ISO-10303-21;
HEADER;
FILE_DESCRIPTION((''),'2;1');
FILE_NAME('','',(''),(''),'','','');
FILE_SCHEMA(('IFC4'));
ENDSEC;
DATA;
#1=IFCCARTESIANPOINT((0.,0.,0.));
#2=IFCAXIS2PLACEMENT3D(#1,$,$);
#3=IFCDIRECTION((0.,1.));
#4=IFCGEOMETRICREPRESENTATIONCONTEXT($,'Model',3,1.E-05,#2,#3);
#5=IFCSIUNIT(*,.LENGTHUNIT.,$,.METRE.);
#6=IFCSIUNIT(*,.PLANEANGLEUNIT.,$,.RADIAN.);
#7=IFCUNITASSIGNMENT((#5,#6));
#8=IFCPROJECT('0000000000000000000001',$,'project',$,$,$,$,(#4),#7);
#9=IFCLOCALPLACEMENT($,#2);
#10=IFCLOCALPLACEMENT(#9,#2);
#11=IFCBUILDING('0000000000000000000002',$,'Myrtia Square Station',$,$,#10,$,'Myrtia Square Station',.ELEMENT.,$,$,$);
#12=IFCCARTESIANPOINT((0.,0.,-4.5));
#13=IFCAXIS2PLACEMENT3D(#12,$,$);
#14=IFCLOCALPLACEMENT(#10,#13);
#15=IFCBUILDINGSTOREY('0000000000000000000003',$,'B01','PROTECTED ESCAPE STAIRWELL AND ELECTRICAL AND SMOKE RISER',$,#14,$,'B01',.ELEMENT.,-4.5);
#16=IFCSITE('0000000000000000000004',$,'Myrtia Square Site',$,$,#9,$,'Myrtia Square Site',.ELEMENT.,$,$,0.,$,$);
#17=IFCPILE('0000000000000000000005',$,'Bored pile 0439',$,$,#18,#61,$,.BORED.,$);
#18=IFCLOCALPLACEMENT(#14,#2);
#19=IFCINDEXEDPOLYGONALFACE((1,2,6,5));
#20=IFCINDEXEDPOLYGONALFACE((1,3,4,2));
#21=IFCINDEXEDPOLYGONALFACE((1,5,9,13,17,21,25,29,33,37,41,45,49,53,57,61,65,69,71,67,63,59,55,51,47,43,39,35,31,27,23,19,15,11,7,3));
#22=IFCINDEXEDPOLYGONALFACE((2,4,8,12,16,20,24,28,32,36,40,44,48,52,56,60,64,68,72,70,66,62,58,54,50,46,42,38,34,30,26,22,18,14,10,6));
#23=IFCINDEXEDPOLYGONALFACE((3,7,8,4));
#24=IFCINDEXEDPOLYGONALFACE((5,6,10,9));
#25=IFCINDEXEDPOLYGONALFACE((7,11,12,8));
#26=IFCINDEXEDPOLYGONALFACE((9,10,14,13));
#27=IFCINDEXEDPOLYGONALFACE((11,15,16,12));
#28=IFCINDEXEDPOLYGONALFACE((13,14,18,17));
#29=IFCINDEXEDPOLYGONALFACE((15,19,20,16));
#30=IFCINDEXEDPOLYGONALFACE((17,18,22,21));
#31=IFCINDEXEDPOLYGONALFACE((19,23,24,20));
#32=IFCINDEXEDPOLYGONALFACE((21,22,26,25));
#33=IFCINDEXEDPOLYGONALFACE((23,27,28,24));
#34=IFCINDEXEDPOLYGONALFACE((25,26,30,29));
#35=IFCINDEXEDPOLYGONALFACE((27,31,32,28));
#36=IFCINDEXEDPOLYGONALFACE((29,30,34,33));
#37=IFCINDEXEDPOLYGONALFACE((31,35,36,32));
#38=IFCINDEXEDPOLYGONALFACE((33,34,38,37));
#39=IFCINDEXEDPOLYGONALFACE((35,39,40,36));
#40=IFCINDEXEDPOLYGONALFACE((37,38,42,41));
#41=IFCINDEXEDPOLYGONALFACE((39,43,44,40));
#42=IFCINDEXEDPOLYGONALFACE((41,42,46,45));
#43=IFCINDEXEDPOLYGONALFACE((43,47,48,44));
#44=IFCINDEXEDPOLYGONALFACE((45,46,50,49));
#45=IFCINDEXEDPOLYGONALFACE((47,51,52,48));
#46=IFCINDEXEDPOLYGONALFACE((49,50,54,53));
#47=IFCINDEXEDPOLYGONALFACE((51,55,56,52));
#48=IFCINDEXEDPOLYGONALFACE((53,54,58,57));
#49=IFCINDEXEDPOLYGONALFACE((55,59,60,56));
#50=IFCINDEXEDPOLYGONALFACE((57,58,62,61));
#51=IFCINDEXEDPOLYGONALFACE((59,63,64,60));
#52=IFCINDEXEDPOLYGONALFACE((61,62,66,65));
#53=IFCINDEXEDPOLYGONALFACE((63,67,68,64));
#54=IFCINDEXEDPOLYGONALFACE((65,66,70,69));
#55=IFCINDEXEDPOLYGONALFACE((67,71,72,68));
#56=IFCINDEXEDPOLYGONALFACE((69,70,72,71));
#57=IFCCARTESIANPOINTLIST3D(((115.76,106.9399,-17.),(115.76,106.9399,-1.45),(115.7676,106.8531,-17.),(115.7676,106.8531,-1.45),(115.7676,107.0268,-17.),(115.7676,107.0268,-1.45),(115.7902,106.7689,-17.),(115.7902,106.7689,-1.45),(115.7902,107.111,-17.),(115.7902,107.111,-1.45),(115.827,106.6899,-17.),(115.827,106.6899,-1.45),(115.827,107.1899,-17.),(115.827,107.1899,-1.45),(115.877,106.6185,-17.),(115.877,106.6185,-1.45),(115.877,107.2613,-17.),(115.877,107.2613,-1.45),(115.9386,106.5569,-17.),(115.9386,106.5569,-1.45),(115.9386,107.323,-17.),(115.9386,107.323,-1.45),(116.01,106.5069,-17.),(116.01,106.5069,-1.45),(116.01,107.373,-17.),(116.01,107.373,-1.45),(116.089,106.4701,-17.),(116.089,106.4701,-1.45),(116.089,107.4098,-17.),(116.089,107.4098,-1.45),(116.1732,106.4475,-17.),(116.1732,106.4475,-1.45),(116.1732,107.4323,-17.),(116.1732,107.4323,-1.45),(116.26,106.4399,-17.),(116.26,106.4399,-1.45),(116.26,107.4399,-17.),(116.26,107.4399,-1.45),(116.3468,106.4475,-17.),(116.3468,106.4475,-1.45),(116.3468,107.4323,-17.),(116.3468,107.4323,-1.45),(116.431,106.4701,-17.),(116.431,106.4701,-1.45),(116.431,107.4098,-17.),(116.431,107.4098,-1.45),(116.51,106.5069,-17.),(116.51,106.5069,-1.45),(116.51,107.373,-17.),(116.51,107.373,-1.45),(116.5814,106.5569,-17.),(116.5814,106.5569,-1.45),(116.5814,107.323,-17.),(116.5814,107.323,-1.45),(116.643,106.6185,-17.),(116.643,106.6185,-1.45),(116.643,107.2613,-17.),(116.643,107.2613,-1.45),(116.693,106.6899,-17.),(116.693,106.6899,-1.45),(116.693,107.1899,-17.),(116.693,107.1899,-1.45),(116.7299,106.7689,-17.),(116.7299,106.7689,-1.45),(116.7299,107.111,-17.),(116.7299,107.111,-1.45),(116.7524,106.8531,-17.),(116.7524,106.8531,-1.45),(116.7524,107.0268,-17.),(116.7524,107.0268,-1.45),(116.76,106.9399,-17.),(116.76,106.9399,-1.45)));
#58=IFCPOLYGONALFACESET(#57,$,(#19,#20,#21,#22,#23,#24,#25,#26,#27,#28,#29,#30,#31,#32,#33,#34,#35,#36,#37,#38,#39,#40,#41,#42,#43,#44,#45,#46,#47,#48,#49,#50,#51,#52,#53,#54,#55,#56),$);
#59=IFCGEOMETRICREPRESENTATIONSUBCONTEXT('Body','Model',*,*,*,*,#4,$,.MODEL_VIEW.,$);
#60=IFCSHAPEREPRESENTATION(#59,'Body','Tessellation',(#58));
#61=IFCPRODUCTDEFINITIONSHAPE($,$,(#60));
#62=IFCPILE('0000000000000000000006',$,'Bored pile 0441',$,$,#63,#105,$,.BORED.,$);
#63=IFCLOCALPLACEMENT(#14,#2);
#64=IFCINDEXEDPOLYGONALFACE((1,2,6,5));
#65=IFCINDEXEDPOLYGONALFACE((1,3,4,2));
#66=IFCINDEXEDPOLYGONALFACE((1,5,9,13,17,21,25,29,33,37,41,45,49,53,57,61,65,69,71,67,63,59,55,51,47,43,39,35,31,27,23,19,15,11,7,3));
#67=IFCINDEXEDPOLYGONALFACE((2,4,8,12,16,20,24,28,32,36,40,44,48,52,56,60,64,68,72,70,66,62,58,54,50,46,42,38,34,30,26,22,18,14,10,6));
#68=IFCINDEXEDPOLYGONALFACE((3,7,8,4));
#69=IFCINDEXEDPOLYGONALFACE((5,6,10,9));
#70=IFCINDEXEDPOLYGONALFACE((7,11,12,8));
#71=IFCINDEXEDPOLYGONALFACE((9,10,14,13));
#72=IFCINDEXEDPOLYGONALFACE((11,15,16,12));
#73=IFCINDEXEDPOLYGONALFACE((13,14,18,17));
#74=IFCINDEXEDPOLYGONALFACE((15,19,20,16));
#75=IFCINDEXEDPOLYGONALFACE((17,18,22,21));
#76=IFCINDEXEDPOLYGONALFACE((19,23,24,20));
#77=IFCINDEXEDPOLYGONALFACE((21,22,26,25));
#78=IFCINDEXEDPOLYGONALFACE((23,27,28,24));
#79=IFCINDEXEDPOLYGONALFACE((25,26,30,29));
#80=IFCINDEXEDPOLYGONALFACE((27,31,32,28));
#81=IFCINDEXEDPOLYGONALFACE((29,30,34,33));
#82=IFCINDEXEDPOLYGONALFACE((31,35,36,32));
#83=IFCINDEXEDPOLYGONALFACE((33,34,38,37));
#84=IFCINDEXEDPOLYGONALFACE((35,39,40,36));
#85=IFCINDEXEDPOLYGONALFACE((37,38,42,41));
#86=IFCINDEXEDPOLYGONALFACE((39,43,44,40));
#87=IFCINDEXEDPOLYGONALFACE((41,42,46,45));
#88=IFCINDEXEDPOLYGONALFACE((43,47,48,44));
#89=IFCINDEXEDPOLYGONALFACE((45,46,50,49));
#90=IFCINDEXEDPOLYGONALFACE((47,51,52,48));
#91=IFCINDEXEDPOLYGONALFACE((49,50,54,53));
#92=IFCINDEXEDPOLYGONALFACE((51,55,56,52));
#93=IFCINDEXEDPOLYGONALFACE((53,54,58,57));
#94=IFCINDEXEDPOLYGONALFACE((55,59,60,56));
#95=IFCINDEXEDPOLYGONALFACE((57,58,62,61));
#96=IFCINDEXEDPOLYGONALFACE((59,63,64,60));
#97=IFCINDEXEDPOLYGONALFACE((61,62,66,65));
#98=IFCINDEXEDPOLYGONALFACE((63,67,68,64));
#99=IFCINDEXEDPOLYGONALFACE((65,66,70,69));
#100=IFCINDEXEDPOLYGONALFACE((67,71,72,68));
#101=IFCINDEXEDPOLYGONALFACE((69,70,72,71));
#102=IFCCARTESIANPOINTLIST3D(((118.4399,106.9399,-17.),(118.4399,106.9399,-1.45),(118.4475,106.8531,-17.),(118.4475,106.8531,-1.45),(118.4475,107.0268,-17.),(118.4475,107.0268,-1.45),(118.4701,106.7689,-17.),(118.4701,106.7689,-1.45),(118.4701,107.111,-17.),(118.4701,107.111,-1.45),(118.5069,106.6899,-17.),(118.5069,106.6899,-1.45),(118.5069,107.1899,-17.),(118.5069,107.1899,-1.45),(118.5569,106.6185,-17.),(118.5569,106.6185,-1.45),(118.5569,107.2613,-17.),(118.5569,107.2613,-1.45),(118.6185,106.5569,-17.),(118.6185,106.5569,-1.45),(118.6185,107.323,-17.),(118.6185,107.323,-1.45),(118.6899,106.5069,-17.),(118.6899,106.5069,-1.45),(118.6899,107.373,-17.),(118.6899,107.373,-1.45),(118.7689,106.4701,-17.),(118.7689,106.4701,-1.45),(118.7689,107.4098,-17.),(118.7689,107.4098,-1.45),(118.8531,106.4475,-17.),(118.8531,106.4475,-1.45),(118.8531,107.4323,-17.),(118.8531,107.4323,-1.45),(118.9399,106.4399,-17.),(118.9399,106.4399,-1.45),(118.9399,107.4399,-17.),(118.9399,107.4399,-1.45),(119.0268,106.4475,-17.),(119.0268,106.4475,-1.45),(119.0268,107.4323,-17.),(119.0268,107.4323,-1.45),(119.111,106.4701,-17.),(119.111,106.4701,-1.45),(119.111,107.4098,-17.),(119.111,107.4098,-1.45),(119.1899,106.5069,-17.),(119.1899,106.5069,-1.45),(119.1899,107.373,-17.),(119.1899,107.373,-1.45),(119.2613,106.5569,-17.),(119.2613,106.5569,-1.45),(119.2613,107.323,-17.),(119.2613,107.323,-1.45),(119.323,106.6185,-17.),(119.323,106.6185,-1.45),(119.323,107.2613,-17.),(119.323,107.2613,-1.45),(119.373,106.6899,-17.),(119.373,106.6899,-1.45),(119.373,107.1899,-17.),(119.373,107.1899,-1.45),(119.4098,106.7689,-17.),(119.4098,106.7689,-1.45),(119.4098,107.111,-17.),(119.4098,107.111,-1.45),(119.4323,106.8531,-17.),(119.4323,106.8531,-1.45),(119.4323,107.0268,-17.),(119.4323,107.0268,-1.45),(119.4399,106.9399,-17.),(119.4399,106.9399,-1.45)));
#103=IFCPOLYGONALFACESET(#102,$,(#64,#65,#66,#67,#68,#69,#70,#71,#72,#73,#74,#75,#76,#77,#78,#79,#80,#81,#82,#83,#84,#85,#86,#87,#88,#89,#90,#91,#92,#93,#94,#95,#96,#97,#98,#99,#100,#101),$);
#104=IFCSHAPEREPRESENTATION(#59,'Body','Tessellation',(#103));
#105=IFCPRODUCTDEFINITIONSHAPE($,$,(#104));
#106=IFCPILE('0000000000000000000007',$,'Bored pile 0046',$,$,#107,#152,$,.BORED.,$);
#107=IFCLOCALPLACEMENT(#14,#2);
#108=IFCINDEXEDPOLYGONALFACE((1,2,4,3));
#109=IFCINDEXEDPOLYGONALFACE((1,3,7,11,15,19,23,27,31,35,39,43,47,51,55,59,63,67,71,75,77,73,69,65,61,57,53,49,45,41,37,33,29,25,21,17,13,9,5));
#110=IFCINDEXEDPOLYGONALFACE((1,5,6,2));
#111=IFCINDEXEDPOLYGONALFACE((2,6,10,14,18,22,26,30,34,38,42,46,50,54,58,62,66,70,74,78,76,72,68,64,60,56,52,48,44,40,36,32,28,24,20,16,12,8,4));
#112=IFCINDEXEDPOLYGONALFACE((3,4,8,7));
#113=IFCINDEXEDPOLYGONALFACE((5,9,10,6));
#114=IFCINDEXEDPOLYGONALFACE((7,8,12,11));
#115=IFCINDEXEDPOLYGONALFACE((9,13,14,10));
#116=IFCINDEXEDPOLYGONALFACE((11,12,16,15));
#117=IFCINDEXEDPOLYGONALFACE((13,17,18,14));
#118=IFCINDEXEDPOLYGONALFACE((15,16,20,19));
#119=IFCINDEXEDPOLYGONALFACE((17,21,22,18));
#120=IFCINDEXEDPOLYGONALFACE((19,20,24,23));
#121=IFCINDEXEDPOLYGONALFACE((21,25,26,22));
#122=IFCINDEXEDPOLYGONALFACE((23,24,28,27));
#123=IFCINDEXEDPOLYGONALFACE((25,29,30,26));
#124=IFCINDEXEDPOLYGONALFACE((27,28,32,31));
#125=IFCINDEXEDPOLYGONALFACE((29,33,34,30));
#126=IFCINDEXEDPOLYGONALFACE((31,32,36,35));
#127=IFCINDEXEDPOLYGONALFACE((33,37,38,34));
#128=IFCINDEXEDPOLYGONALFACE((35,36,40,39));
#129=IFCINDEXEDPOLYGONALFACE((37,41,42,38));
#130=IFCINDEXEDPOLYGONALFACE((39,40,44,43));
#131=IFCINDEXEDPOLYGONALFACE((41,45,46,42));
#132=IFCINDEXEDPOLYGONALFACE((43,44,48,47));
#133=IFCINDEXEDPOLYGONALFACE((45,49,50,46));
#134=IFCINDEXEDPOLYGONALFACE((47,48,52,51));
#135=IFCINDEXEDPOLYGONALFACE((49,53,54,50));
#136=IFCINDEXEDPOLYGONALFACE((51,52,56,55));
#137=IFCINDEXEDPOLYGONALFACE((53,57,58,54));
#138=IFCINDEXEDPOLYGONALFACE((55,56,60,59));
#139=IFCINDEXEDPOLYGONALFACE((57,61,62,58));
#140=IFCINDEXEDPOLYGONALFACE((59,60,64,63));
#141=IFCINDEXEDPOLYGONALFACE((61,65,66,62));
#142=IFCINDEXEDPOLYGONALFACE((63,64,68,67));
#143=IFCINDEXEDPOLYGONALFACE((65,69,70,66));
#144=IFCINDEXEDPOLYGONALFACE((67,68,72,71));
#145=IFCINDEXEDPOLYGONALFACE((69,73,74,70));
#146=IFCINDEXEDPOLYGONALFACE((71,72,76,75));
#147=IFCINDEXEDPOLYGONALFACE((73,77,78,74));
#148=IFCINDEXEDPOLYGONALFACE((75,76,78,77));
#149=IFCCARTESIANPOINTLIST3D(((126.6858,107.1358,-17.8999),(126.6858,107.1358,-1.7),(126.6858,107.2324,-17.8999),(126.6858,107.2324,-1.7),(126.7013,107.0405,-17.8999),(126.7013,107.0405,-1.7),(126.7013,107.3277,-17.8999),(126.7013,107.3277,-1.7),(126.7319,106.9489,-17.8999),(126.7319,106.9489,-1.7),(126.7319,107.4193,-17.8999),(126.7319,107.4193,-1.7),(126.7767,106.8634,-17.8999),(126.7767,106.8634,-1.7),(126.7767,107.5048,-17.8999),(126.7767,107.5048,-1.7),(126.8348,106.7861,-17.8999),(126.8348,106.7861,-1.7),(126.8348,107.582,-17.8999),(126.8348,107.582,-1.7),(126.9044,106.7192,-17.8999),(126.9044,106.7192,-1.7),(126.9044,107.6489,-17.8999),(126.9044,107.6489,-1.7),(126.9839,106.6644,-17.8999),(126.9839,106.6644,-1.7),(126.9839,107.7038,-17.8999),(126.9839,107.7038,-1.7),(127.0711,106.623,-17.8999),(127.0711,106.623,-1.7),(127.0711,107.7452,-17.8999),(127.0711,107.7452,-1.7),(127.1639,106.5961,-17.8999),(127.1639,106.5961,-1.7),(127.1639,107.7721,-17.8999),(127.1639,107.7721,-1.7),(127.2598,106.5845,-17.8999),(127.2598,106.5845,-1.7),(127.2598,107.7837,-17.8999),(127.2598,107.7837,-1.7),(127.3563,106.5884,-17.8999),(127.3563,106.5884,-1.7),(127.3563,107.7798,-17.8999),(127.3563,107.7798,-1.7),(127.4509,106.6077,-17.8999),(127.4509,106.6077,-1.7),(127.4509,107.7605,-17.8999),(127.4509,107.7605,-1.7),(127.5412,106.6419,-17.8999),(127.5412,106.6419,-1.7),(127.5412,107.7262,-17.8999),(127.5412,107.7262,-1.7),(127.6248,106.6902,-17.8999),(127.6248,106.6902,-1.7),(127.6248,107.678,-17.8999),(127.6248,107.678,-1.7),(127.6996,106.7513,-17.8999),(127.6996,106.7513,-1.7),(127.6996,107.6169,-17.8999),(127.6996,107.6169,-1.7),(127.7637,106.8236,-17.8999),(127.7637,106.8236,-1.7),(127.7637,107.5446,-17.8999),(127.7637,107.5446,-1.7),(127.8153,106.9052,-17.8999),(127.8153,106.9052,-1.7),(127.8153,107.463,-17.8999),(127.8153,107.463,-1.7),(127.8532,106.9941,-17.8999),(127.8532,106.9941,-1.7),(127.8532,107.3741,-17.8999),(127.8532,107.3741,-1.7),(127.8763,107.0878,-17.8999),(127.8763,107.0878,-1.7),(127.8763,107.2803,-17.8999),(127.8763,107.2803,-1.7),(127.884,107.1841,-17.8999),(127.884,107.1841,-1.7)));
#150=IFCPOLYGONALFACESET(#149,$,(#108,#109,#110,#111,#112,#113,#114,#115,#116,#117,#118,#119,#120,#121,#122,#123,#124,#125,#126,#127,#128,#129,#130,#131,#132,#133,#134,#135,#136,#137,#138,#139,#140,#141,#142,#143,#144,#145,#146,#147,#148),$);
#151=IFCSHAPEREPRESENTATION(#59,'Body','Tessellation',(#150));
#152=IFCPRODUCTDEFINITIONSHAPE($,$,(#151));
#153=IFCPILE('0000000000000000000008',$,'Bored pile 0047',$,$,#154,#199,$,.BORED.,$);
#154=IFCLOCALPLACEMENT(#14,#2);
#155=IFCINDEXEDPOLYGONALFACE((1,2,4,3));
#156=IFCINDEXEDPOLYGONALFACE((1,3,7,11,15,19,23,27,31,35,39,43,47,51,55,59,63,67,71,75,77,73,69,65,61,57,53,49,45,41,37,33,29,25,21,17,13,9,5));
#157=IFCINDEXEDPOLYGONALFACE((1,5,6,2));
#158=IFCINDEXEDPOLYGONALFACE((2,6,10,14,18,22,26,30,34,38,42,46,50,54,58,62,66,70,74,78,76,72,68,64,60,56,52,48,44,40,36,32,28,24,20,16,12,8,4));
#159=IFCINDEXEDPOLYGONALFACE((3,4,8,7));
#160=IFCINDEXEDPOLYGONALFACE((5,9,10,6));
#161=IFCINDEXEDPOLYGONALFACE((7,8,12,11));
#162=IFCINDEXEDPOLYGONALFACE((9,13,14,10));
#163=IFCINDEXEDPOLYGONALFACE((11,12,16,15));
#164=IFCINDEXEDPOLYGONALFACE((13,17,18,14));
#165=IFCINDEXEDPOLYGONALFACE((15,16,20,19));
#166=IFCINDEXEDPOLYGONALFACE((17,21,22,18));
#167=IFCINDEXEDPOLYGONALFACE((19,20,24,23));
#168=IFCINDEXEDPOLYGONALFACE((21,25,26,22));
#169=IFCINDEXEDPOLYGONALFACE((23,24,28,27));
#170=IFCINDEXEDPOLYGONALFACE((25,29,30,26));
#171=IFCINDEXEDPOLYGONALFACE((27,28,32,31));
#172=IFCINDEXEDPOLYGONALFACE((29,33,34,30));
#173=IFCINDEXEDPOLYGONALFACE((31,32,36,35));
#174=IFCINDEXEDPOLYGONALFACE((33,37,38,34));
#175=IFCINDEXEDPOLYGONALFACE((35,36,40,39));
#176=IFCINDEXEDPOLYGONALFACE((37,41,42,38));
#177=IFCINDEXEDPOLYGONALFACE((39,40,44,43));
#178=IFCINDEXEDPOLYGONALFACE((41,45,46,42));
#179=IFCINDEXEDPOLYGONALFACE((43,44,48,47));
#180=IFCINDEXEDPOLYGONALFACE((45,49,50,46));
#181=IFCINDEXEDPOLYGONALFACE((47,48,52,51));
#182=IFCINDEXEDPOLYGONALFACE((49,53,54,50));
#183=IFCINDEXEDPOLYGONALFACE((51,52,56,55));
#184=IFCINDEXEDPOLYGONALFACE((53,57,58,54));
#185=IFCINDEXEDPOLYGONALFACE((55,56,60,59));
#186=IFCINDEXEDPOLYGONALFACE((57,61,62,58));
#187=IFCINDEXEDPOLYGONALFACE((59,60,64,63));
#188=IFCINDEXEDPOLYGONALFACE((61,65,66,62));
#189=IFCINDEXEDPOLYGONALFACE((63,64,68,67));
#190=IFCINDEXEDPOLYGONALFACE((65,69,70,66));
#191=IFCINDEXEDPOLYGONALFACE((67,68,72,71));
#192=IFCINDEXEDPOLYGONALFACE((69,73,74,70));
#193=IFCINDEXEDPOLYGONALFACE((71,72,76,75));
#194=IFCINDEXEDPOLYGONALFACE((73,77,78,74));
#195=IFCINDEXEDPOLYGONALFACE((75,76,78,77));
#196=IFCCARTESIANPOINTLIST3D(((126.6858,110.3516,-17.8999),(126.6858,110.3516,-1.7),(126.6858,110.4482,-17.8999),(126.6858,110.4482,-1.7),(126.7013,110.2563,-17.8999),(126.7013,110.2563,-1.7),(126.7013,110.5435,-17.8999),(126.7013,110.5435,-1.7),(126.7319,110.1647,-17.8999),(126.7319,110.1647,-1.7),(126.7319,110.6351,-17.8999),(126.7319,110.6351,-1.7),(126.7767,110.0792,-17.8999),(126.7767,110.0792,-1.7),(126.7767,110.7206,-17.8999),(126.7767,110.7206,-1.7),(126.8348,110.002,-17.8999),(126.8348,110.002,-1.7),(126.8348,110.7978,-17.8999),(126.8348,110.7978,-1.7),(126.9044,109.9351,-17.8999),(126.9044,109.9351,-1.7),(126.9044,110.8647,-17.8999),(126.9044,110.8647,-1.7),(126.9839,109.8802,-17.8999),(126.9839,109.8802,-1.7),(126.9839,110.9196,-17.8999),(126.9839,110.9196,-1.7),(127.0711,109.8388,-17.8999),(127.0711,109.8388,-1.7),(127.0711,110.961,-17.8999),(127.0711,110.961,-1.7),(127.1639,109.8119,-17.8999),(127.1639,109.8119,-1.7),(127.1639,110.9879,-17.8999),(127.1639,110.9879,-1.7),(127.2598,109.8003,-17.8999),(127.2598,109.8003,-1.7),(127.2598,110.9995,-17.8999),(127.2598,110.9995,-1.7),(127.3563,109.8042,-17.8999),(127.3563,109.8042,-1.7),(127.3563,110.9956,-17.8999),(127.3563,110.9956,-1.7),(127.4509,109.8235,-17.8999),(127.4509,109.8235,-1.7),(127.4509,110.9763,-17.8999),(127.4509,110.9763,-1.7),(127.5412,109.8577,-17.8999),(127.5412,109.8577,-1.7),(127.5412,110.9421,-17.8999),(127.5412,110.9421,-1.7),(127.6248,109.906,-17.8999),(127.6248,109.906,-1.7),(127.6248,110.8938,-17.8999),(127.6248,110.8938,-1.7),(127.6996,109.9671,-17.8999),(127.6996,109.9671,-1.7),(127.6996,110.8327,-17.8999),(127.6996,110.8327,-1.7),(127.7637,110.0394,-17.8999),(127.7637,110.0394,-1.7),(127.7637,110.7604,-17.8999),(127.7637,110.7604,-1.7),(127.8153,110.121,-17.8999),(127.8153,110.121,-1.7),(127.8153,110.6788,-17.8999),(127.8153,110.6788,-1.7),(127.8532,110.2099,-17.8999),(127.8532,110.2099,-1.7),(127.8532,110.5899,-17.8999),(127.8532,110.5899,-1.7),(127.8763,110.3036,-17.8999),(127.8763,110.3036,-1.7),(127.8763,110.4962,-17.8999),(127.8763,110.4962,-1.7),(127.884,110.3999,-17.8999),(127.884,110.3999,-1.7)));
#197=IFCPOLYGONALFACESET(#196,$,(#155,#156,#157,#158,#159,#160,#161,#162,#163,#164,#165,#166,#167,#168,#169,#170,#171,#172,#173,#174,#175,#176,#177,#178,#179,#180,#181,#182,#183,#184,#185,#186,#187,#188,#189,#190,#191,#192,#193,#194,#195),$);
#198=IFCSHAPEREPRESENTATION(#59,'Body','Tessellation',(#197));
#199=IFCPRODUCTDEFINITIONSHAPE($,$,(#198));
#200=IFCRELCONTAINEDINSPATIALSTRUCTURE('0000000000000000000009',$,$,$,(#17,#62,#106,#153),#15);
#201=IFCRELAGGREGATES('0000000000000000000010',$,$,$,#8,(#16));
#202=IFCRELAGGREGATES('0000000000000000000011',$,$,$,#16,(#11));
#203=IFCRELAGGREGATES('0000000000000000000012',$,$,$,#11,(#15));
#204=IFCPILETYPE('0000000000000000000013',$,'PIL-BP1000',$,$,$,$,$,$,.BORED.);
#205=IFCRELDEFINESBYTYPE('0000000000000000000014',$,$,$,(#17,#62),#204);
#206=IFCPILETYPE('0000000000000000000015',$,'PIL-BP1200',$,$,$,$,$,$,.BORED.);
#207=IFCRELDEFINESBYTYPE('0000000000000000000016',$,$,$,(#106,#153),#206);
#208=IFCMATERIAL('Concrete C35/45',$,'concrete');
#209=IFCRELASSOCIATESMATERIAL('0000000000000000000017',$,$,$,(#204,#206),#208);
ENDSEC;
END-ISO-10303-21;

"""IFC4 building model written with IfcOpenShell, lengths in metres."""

from ifc_helpers import new_model, si_unit, direction, frame, origin, origin_2d, place, context, subcontext, project, spatial, circle, extrude, material, material_profile, profile_set, type_object, element, save


model = new_model("IFC4")

# Units and contexts
model_context = context("Model", 3, precision=1e-05, world=origin(), true_north=direction((0.0, 1.0)))
body_context = subcontext(model_context, "Body", "Model", "MODEL_VIEW")
ifc_project = project(units=[si_unit("LENGTHUNIT", "METRE"), si_unit("PLANEANGLEUNIT", "RADIAN")], contexts=[model_context])

# Site, building, storey
site_placement = place(None, origin())
site = spatial("IfcSite", under=ifc_project, at=site_placement, Name="Myrtia Square Site", LongName="Myrtia Square Site", CompositionType="ELEMENT", RefElevation=0.0)
building_placement = place(site_placement, origin())
building = spatial("IfcBuilding", under=site, at=building_placement, Name="Myrtia Square Station", LongName="Myrtia Square Station", CompositionType="ELEMENT")
storey_placement = place(building_placement, frame((0.0, 0.0, -4.5)))
storey = spatial("IfcBuildingStorey", under=building, at=storey_placement, Name="B01", Description="PROTECTED ESCAPE STAIRWELL AND ELECTRICAL AND SMOKE RISER", LongName="B01", CompositionType="ELEMENT", Elevation=-4.5)

# Shared definitions
ifc_material_1 = material(Name="Concrete C35/45", Category="concrete")

# Piles
ifc_material_profile_1 = material_profile(ifc_material_1, circle(Radius=0.5, at=origin_2d()), Name="BP D1000")
ifc_profile_set_1 = profile_set([ifc_material_profile_1], Name="Concrete C35/45")
pile_type_1 = type_object("IfcPileType", Name="PIL-BP1000", PredefinedType="BORED", material=ifc_profile_set_1)
for number, where, z_axis, x_axis, name in (
    (1, (116.26, 106.9399, -1.45), (0.0, 0.0, -1.0), (1.0, 0.0, 0.0), "Bored pile 0439"),
    (2, (118.9399, 106.9399, -1.45), (0.0, 0.0, -1.0), (1.0, 0.0, 0.0), "Bored pile 0441"),
):
    element("IfcPile", number, at=place(storey_placement, frame(where, z_axis=z_axis, x_axis=x_axis)), inside=storey, type_object=pile_type_1, Name=name, PredefinedType="BORED", context=body_context, shape_type="SweptSolid", body=[
        extrude(circle(Radius=0.5, at=origin_2d()), origin(), (0.0, 0.0, 1.0), 15.55),
    ])
ifc_material_profile_2 = material_profile(ifc_material_1, circle(Radius=0.6001, at=origin_2d()), Name="BP D1200")
ifc_profile_set_2 = profile_set([ifc_material_profile_2], Name="Concrete C35/45")
pile_type_2 = type_object("IfcPileType", Name="PIL-BP1200", PredefinedType="BORED", material=ifc_profile_set_2)
for number, where, z_axis, x_axis, name in (
    (3, (127.2839, 107.1841, -1.7), (0.0, 0.0, -1.0), (1.0, 0.0, 0.0), "Bored pile 0046"),
    (4, (127.2839, 110.3999, -1.7), (0.0, 0.0, -1.0), (1.0, 0.0, 0.0), "Bored pile 0047"),
):
    element("IfcPile", number, at=place(storey_placement, frame(where, z_axis=z_axis, x_axis=x_axis)), inside=storey, type_object=pile_type_2, Name=name, PredefinedType="BORED", context=body_context, shape_type="SweptSolid", body=[
        extrude(circle(Radius=0.6001, at=origin_2d()), origin(), (0.0, 0.0, 1.0), 16.2),
    ])

save(model, "model.ifc")
